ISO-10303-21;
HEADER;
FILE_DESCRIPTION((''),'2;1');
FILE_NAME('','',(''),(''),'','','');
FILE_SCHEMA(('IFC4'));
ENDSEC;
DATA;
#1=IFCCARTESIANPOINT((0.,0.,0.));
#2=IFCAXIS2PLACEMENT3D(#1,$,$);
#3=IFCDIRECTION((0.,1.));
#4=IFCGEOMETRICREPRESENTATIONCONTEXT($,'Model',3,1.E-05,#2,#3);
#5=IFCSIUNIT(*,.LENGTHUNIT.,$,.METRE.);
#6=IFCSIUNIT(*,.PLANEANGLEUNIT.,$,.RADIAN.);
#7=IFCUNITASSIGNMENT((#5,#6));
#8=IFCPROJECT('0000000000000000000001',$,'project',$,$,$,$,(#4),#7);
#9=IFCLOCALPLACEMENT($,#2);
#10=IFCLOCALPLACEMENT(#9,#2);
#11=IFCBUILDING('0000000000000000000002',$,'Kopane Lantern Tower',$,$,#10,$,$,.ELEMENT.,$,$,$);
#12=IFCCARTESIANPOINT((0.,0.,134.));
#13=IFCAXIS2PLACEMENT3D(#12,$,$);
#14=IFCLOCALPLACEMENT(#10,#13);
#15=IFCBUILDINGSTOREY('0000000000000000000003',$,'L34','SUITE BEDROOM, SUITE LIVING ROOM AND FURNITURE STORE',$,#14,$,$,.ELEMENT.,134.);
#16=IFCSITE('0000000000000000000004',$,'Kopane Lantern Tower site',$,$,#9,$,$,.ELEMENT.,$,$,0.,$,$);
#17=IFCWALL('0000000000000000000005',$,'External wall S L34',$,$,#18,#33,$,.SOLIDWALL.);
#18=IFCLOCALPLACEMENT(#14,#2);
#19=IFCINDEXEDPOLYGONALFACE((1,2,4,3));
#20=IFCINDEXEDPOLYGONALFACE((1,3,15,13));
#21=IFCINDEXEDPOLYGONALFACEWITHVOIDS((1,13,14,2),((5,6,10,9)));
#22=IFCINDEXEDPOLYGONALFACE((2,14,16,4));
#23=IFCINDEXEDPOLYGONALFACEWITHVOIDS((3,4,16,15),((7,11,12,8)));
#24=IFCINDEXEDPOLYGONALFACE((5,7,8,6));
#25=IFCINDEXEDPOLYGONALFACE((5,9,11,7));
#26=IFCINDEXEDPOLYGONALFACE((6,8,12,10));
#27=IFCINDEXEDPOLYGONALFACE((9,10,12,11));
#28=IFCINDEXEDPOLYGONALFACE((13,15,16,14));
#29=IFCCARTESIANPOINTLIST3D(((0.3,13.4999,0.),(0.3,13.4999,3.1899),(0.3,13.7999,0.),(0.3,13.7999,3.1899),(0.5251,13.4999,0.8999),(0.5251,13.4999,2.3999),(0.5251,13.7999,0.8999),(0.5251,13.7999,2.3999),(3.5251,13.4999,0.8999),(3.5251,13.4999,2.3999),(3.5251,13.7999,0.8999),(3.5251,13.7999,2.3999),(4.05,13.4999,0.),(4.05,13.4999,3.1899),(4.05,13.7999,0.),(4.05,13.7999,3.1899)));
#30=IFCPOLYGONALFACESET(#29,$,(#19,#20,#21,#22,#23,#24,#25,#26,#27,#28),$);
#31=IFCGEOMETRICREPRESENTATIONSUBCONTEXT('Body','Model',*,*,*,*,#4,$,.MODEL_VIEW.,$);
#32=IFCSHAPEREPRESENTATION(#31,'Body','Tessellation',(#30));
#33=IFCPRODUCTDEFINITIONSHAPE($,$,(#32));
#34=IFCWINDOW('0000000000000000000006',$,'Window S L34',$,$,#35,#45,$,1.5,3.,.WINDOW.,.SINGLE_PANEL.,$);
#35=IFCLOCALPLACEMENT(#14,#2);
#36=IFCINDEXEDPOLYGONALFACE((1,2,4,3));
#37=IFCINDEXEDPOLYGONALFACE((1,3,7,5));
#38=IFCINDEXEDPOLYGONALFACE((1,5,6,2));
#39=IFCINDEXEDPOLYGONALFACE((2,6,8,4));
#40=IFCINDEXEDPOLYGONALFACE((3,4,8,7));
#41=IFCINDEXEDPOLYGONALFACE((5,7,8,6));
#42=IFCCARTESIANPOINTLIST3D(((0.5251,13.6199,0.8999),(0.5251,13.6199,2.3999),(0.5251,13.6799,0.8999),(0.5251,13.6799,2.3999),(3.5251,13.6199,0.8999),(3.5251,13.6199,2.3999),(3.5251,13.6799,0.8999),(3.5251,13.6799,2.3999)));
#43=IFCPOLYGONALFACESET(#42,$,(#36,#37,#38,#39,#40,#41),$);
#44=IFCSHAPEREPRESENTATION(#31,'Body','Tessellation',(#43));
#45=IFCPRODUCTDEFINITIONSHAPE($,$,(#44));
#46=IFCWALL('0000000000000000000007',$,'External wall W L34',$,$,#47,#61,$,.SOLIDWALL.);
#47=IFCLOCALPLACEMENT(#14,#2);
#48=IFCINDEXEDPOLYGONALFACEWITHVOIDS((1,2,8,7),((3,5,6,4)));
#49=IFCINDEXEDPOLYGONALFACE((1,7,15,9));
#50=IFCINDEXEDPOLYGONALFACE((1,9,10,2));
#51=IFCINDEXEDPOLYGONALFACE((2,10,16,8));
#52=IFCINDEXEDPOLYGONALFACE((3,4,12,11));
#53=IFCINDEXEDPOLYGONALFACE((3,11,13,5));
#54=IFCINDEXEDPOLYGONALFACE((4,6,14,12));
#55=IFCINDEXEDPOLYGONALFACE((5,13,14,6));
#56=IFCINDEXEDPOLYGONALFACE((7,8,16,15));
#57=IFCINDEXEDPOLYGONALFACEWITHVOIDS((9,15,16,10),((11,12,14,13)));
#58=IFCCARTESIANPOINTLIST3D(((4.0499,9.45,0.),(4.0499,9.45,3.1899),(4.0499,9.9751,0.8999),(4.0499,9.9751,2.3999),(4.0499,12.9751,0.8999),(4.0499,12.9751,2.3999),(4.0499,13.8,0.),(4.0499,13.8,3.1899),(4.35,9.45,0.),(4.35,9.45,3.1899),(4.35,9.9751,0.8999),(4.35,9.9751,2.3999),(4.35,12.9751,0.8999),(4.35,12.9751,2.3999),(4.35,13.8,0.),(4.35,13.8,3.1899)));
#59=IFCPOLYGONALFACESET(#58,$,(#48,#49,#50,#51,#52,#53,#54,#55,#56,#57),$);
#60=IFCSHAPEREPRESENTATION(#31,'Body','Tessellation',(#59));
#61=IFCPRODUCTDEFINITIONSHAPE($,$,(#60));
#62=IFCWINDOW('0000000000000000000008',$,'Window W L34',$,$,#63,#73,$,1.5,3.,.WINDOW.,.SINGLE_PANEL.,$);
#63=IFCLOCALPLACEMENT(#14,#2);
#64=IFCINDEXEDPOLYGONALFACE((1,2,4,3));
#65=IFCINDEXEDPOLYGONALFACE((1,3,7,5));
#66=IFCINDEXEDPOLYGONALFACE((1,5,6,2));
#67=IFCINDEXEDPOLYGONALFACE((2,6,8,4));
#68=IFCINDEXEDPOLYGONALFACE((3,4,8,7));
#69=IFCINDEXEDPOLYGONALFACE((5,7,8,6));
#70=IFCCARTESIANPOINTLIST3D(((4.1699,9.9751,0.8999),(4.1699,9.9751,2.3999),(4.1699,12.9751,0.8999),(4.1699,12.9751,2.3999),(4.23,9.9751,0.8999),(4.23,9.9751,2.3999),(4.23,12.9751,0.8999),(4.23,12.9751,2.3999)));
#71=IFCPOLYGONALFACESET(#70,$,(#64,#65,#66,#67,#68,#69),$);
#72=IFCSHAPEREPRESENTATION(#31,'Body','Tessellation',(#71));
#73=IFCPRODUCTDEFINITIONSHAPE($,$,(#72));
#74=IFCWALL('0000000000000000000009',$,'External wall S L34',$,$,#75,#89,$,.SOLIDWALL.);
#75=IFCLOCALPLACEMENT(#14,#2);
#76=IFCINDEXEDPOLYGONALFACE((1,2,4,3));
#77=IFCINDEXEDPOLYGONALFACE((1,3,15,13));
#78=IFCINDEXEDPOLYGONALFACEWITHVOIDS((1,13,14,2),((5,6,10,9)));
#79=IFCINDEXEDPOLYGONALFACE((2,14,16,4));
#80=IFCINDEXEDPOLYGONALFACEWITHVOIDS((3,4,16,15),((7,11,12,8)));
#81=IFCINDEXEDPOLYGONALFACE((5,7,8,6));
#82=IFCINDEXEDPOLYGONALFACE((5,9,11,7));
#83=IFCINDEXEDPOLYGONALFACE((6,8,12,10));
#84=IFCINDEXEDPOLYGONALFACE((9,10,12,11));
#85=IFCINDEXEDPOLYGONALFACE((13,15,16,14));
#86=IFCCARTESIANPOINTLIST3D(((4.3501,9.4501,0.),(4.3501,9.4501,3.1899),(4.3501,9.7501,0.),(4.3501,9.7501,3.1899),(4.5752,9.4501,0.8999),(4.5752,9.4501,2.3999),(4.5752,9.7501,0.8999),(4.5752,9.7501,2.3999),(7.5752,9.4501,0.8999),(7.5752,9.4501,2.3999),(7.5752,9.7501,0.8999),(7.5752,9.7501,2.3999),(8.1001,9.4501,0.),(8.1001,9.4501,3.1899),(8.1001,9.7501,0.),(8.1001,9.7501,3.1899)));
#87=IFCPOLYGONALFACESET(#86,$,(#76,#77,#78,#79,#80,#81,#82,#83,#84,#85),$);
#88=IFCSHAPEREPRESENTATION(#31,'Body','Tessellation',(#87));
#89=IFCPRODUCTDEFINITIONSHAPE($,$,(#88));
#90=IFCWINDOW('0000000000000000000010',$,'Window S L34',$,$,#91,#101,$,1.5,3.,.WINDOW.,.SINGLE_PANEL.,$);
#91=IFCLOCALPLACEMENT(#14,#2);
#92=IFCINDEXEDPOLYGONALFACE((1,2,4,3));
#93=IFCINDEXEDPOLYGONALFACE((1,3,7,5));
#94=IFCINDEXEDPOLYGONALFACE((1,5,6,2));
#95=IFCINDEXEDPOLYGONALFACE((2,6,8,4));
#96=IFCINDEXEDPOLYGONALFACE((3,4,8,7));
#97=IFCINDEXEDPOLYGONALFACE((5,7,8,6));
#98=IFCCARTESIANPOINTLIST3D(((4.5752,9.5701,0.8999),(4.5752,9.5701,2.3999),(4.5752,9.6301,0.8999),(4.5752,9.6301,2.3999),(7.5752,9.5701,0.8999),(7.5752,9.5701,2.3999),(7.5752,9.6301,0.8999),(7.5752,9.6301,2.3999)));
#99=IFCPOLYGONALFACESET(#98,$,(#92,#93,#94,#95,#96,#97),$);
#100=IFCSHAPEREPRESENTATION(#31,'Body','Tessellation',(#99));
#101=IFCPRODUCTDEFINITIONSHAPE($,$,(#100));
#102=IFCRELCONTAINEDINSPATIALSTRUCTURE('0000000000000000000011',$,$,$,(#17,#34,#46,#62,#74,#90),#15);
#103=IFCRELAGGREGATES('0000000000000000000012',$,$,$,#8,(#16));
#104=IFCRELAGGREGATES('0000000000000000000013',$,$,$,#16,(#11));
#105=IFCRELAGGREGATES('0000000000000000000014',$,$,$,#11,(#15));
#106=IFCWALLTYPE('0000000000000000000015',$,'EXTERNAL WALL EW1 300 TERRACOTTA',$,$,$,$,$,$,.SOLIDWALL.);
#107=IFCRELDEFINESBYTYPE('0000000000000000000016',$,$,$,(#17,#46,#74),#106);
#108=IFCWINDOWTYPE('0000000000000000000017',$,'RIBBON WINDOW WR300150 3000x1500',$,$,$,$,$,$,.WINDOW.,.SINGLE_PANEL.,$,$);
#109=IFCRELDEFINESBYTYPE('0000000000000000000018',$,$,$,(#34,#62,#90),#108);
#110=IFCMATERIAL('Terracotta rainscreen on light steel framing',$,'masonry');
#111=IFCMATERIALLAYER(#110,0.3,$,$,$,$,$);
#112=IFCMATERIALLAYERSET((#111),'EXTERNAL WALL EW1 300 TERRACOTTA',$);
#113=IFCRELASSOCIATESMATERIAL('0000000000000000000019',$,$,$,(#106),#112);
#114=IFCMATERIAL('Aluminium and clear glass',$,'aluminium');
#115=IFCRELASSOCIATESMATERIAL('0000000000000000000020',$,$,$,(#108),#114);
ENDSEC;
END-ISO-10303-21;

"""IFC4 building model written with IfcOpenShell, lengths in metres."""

from ifc_helpers import new_model, si_unit, direction, frame, frame_2d, origin, place, context, subcontext, project, spatial, rectangle, extrude, material, layer, layer_set, type_object, element, fill, save


model = new_model("IFC4")

# Units and contexts
model_context = context("Model", 3, precision=1e-05, world=origin(), true_north=direction((0.0, 1.0)))
body_context = subcontext(model_context, "Body", "Model", "MODEL_VIEW")
ifc_project = project(units=[si_unit("LENGTHUNIT", "METRE"), si_unit("PLANEANGLEUNIT", "RADIAN")], contexts=[model_context])

# Site, building, storey
site_placement = place(None, origin())
site = spatial("IfcSite", under=ifc_project, at=site_placement, Name="Kopane Lantern Tower site", CompositionType="ELEMENT", RefElevation=0.0)
building_placement = place(site_placement, origin())
building = spatial("IfcBuilding", under=site, at=building_placement, Name="Kopane Lantern Tower", CompositionType="ELEMENT")
storey_placement = place(building_placement, frame((0.0, 0.0, 134.0)))
storey = spatial("IfcBuildingStorey", under=building, at=storey_placement, Name="L34", Description="SUITE BEDROOM, SUITE LIVING ROOM AND FURNITURE STORE", CompositionType="ELEMENT", Elevation=134.0)

# Walls, openings, windows
ifc_material_1 = material(Name="Terracotta rainscreen on light steel framing", Category="masonry")
ifc_layer_1 = layer(ifc_material_1, 0.3)
ifc_layer_set_1 = layer_set([ifc_layer_1], Name="EXTERNAL WALL EW1 300 TERRACOTTA")
wall_type_1 = type_object("IfcWallType", Name="EXTERNAL WALL EW1 300 TERRACOTTA", PredefinedType="SOLIDWALL", material=ifc_layer_set_1)
wall_1_placement = place(storey_placement, frame((0.3, 13.6499, 0.0), z_axis=(0.0, 0.0, 1.0), x_axis=(1.0, 0.0, 0.0)))
wall_1 = element("IfcWall", 1, at=wall_1_placement, inside=storey, type_object=wall_type_1, Name="External wall S L34", PredefinedType="SOLIDWALL", context=body_context, shape_type="SweptSolid", body=[
    extrude(rectangle(XDim=3.75, YDim=0.3, at=frame_2d((1.875, 0.0))), origin(), (0.0, 0.0, 1.0), 3.1899),
])
opening_1_placement = place(wall_1_placement, frame((0.2251, 0.0, 0.8999)))
opening_1 = element("IfcOpeningElement", 2, at=opening_1_placement, cuts=wall_1, PredefinedType="OPENING", context=body_context, shape_type="SweptSolid", body=[
    extrude(rectangle(XDim=3.0, YDim=1.5, at=frame_2d((1.5, 0.75))), frame((0.0, 0.1599, 0.0), z_axis=(0.0, -1.0, 0.0), x_axis=(1.0, 0.0, 0.0)), (0.0, 0.0, 1.0), 0.3201),
])
ifc_material_2 = material(Name="Aluminium and clear glass", Category="aluminium")
window_type = type_object("IfcWindowType", Name="RIBBON WINDOW WR300150 3000x1500", PartitioningType="SINGLE_PANEL", PredefinedType="WINDOW", material=ifc_material_2)
window_1_placement = place(opening_1_placement, origin())
window_1 = element("IfcWindow", 3, at=window_1_placement, inside=storey, type_object=window_type, Name="Window S L34", OverallHeight=1.5, OverallWidth=3.0, PartitioningType="SINGLE_PANEL", PredefinedType="WINDOW", context=body_context, shape_type="SweptSolid", body=[
    extrude(rectangle(XDim=3.0, YDim=1.5, at=frame_2d((1.5, 0.75))), frame((0.0, 0.03, 0.0), z_axis=(0.0, -1.0, 0.0), x_axis=(1.0, 0.0, 0.0)), (0.0, 0.0, 1.0), 0.0601),
])
fill(opening_1, window_1)
wall_2_placement = place(storey_placement, frame((4.2, 13.8, 0.0), z_axis=(0.0, 0.0, 1.0), x_axis=(0.0, -1.0, 0.0)))
wall_2 = element("IfcWall", 4, at=wall_2_placement, inside=storey, type_object=wall_type_1, Name="External wall W L34", PredefinedType="SOLIDWALL", context=body_context, shape_type="SweptSolid", body=[
    extrude(rectangle(XDim=4.3501, YDim=0.3, at=frame_2d((2.175, 0.0))), origin(), (0.0, 0.0, 1.0), 3.1899),
])
opening_2_placement = place(wall_2_placement, frame((0.825, 0.0, 0.8999)))
opening_2 = element("IfcOpeningElement", 5, at=opening_2_placement, cuts=wall_2, PredefinedType="OPENING", context=body_context, shape_type="SweptSolid", body=[
    extrude(rectangle(XDim=3.0, YDim=1.5, at=frame_2d((1.5, 0.75))), frame((0.0, 0.1599, 0.0), z_axis=(0.0, -1.0, 0.0), x_axis=(1.0, 0.0, 0.0)), (0.0, 0.0, 1.0), 0.3201),
])
window_2_placement = place(opening_2_placement, origin())
window_2 = element("IfcWindow", 6, at=window_2_placement, inside=storey, type_object=window_type, Name="Window W L34", OverallHeight=1.5, OverallWidth=3.0, PartitioningType="SINGLE_PANEL", PredefinedType="WINDOW", context=body_context, shape_type="SweptSolid", body=[
    extrude(rectangle(XDim=3.0, YDim=1.5, at=frame_2d((1.5, 0.75))), frame((0.0, 0.03, 0.0), z_axis=(0.0, -1.0, 0.0), x_axis=(1.0, 0.0, 0.0)), (0.0, 0.0, 1.0), 0.0601),
])
fill(opening_2, window_2)
wall_3_placement = place(storey_placement, frame((4.3501, 9.6001, 0.0), z_axis=(0.0, 0.0, 1.0), x_axis=(1.0, 0.0, 0.0)))
wall_3 = element("IfcWall", 7, at=wall_3_placement, inside=storey, type_object=wall_type_1, Name="External wall S L34", PredefinedType="SOLIDWALL", context=body_context, shape_type="SweptSolid", body=[
    extrude(rectangle(XDim=3.75, YDim=0.3, at=frame_2d((1.875, 0.0))), origin(), (0.0, 0.0, 1.0), 3.1899),
])
opening_3_placement = place(wall_3_placement, frame((0.2251, 0.0, 0.8999)))
opening_3 = element("IfcOpeningElement", 8, at=opening_3_placement, cuts=wall_3, PredefinedType="OPENING", context=body_context, shape_type="SweptSolid", body=[
    extrude(rectangle(XDim=3.0, YDim=1.5, at=frame_2d((1.5, 0.75))), frame((0.0, 0.1599, 0.0), z_axis=(0.0, -1.0, 0.0), x_axis=(1.0, 0.0, 0.0)), (0.0, 0.0, 1.0), 0.3201),
])
window_3_placement = place(opening_3_placement, origin())
window_3 = element("IfcWindow", 9, at=window_3_placement, inside=storey, type_object=window_type, Name="Window S L34", OverallHeight=1.5, OverallWidth=3.0, PartitioningType="SINGLE_PANEL", PredefinedType="WINDOW", context=body_context, shape_type="SweptSolid", body=[
    extrude(rectangle(XDim=3.0, YDim=1.5, at=frame_2d((1.5, 0.75))), frame((0.0, 0.03, 0.0), z_axis=(0.0, -1.0, 0.0), x_axis=(1.0, 0.0, 0.0)), (0.0, 0.0, 1.0), 0.0601),
])
fill(opening_3, window_3)

save(model, "model.ifc")
